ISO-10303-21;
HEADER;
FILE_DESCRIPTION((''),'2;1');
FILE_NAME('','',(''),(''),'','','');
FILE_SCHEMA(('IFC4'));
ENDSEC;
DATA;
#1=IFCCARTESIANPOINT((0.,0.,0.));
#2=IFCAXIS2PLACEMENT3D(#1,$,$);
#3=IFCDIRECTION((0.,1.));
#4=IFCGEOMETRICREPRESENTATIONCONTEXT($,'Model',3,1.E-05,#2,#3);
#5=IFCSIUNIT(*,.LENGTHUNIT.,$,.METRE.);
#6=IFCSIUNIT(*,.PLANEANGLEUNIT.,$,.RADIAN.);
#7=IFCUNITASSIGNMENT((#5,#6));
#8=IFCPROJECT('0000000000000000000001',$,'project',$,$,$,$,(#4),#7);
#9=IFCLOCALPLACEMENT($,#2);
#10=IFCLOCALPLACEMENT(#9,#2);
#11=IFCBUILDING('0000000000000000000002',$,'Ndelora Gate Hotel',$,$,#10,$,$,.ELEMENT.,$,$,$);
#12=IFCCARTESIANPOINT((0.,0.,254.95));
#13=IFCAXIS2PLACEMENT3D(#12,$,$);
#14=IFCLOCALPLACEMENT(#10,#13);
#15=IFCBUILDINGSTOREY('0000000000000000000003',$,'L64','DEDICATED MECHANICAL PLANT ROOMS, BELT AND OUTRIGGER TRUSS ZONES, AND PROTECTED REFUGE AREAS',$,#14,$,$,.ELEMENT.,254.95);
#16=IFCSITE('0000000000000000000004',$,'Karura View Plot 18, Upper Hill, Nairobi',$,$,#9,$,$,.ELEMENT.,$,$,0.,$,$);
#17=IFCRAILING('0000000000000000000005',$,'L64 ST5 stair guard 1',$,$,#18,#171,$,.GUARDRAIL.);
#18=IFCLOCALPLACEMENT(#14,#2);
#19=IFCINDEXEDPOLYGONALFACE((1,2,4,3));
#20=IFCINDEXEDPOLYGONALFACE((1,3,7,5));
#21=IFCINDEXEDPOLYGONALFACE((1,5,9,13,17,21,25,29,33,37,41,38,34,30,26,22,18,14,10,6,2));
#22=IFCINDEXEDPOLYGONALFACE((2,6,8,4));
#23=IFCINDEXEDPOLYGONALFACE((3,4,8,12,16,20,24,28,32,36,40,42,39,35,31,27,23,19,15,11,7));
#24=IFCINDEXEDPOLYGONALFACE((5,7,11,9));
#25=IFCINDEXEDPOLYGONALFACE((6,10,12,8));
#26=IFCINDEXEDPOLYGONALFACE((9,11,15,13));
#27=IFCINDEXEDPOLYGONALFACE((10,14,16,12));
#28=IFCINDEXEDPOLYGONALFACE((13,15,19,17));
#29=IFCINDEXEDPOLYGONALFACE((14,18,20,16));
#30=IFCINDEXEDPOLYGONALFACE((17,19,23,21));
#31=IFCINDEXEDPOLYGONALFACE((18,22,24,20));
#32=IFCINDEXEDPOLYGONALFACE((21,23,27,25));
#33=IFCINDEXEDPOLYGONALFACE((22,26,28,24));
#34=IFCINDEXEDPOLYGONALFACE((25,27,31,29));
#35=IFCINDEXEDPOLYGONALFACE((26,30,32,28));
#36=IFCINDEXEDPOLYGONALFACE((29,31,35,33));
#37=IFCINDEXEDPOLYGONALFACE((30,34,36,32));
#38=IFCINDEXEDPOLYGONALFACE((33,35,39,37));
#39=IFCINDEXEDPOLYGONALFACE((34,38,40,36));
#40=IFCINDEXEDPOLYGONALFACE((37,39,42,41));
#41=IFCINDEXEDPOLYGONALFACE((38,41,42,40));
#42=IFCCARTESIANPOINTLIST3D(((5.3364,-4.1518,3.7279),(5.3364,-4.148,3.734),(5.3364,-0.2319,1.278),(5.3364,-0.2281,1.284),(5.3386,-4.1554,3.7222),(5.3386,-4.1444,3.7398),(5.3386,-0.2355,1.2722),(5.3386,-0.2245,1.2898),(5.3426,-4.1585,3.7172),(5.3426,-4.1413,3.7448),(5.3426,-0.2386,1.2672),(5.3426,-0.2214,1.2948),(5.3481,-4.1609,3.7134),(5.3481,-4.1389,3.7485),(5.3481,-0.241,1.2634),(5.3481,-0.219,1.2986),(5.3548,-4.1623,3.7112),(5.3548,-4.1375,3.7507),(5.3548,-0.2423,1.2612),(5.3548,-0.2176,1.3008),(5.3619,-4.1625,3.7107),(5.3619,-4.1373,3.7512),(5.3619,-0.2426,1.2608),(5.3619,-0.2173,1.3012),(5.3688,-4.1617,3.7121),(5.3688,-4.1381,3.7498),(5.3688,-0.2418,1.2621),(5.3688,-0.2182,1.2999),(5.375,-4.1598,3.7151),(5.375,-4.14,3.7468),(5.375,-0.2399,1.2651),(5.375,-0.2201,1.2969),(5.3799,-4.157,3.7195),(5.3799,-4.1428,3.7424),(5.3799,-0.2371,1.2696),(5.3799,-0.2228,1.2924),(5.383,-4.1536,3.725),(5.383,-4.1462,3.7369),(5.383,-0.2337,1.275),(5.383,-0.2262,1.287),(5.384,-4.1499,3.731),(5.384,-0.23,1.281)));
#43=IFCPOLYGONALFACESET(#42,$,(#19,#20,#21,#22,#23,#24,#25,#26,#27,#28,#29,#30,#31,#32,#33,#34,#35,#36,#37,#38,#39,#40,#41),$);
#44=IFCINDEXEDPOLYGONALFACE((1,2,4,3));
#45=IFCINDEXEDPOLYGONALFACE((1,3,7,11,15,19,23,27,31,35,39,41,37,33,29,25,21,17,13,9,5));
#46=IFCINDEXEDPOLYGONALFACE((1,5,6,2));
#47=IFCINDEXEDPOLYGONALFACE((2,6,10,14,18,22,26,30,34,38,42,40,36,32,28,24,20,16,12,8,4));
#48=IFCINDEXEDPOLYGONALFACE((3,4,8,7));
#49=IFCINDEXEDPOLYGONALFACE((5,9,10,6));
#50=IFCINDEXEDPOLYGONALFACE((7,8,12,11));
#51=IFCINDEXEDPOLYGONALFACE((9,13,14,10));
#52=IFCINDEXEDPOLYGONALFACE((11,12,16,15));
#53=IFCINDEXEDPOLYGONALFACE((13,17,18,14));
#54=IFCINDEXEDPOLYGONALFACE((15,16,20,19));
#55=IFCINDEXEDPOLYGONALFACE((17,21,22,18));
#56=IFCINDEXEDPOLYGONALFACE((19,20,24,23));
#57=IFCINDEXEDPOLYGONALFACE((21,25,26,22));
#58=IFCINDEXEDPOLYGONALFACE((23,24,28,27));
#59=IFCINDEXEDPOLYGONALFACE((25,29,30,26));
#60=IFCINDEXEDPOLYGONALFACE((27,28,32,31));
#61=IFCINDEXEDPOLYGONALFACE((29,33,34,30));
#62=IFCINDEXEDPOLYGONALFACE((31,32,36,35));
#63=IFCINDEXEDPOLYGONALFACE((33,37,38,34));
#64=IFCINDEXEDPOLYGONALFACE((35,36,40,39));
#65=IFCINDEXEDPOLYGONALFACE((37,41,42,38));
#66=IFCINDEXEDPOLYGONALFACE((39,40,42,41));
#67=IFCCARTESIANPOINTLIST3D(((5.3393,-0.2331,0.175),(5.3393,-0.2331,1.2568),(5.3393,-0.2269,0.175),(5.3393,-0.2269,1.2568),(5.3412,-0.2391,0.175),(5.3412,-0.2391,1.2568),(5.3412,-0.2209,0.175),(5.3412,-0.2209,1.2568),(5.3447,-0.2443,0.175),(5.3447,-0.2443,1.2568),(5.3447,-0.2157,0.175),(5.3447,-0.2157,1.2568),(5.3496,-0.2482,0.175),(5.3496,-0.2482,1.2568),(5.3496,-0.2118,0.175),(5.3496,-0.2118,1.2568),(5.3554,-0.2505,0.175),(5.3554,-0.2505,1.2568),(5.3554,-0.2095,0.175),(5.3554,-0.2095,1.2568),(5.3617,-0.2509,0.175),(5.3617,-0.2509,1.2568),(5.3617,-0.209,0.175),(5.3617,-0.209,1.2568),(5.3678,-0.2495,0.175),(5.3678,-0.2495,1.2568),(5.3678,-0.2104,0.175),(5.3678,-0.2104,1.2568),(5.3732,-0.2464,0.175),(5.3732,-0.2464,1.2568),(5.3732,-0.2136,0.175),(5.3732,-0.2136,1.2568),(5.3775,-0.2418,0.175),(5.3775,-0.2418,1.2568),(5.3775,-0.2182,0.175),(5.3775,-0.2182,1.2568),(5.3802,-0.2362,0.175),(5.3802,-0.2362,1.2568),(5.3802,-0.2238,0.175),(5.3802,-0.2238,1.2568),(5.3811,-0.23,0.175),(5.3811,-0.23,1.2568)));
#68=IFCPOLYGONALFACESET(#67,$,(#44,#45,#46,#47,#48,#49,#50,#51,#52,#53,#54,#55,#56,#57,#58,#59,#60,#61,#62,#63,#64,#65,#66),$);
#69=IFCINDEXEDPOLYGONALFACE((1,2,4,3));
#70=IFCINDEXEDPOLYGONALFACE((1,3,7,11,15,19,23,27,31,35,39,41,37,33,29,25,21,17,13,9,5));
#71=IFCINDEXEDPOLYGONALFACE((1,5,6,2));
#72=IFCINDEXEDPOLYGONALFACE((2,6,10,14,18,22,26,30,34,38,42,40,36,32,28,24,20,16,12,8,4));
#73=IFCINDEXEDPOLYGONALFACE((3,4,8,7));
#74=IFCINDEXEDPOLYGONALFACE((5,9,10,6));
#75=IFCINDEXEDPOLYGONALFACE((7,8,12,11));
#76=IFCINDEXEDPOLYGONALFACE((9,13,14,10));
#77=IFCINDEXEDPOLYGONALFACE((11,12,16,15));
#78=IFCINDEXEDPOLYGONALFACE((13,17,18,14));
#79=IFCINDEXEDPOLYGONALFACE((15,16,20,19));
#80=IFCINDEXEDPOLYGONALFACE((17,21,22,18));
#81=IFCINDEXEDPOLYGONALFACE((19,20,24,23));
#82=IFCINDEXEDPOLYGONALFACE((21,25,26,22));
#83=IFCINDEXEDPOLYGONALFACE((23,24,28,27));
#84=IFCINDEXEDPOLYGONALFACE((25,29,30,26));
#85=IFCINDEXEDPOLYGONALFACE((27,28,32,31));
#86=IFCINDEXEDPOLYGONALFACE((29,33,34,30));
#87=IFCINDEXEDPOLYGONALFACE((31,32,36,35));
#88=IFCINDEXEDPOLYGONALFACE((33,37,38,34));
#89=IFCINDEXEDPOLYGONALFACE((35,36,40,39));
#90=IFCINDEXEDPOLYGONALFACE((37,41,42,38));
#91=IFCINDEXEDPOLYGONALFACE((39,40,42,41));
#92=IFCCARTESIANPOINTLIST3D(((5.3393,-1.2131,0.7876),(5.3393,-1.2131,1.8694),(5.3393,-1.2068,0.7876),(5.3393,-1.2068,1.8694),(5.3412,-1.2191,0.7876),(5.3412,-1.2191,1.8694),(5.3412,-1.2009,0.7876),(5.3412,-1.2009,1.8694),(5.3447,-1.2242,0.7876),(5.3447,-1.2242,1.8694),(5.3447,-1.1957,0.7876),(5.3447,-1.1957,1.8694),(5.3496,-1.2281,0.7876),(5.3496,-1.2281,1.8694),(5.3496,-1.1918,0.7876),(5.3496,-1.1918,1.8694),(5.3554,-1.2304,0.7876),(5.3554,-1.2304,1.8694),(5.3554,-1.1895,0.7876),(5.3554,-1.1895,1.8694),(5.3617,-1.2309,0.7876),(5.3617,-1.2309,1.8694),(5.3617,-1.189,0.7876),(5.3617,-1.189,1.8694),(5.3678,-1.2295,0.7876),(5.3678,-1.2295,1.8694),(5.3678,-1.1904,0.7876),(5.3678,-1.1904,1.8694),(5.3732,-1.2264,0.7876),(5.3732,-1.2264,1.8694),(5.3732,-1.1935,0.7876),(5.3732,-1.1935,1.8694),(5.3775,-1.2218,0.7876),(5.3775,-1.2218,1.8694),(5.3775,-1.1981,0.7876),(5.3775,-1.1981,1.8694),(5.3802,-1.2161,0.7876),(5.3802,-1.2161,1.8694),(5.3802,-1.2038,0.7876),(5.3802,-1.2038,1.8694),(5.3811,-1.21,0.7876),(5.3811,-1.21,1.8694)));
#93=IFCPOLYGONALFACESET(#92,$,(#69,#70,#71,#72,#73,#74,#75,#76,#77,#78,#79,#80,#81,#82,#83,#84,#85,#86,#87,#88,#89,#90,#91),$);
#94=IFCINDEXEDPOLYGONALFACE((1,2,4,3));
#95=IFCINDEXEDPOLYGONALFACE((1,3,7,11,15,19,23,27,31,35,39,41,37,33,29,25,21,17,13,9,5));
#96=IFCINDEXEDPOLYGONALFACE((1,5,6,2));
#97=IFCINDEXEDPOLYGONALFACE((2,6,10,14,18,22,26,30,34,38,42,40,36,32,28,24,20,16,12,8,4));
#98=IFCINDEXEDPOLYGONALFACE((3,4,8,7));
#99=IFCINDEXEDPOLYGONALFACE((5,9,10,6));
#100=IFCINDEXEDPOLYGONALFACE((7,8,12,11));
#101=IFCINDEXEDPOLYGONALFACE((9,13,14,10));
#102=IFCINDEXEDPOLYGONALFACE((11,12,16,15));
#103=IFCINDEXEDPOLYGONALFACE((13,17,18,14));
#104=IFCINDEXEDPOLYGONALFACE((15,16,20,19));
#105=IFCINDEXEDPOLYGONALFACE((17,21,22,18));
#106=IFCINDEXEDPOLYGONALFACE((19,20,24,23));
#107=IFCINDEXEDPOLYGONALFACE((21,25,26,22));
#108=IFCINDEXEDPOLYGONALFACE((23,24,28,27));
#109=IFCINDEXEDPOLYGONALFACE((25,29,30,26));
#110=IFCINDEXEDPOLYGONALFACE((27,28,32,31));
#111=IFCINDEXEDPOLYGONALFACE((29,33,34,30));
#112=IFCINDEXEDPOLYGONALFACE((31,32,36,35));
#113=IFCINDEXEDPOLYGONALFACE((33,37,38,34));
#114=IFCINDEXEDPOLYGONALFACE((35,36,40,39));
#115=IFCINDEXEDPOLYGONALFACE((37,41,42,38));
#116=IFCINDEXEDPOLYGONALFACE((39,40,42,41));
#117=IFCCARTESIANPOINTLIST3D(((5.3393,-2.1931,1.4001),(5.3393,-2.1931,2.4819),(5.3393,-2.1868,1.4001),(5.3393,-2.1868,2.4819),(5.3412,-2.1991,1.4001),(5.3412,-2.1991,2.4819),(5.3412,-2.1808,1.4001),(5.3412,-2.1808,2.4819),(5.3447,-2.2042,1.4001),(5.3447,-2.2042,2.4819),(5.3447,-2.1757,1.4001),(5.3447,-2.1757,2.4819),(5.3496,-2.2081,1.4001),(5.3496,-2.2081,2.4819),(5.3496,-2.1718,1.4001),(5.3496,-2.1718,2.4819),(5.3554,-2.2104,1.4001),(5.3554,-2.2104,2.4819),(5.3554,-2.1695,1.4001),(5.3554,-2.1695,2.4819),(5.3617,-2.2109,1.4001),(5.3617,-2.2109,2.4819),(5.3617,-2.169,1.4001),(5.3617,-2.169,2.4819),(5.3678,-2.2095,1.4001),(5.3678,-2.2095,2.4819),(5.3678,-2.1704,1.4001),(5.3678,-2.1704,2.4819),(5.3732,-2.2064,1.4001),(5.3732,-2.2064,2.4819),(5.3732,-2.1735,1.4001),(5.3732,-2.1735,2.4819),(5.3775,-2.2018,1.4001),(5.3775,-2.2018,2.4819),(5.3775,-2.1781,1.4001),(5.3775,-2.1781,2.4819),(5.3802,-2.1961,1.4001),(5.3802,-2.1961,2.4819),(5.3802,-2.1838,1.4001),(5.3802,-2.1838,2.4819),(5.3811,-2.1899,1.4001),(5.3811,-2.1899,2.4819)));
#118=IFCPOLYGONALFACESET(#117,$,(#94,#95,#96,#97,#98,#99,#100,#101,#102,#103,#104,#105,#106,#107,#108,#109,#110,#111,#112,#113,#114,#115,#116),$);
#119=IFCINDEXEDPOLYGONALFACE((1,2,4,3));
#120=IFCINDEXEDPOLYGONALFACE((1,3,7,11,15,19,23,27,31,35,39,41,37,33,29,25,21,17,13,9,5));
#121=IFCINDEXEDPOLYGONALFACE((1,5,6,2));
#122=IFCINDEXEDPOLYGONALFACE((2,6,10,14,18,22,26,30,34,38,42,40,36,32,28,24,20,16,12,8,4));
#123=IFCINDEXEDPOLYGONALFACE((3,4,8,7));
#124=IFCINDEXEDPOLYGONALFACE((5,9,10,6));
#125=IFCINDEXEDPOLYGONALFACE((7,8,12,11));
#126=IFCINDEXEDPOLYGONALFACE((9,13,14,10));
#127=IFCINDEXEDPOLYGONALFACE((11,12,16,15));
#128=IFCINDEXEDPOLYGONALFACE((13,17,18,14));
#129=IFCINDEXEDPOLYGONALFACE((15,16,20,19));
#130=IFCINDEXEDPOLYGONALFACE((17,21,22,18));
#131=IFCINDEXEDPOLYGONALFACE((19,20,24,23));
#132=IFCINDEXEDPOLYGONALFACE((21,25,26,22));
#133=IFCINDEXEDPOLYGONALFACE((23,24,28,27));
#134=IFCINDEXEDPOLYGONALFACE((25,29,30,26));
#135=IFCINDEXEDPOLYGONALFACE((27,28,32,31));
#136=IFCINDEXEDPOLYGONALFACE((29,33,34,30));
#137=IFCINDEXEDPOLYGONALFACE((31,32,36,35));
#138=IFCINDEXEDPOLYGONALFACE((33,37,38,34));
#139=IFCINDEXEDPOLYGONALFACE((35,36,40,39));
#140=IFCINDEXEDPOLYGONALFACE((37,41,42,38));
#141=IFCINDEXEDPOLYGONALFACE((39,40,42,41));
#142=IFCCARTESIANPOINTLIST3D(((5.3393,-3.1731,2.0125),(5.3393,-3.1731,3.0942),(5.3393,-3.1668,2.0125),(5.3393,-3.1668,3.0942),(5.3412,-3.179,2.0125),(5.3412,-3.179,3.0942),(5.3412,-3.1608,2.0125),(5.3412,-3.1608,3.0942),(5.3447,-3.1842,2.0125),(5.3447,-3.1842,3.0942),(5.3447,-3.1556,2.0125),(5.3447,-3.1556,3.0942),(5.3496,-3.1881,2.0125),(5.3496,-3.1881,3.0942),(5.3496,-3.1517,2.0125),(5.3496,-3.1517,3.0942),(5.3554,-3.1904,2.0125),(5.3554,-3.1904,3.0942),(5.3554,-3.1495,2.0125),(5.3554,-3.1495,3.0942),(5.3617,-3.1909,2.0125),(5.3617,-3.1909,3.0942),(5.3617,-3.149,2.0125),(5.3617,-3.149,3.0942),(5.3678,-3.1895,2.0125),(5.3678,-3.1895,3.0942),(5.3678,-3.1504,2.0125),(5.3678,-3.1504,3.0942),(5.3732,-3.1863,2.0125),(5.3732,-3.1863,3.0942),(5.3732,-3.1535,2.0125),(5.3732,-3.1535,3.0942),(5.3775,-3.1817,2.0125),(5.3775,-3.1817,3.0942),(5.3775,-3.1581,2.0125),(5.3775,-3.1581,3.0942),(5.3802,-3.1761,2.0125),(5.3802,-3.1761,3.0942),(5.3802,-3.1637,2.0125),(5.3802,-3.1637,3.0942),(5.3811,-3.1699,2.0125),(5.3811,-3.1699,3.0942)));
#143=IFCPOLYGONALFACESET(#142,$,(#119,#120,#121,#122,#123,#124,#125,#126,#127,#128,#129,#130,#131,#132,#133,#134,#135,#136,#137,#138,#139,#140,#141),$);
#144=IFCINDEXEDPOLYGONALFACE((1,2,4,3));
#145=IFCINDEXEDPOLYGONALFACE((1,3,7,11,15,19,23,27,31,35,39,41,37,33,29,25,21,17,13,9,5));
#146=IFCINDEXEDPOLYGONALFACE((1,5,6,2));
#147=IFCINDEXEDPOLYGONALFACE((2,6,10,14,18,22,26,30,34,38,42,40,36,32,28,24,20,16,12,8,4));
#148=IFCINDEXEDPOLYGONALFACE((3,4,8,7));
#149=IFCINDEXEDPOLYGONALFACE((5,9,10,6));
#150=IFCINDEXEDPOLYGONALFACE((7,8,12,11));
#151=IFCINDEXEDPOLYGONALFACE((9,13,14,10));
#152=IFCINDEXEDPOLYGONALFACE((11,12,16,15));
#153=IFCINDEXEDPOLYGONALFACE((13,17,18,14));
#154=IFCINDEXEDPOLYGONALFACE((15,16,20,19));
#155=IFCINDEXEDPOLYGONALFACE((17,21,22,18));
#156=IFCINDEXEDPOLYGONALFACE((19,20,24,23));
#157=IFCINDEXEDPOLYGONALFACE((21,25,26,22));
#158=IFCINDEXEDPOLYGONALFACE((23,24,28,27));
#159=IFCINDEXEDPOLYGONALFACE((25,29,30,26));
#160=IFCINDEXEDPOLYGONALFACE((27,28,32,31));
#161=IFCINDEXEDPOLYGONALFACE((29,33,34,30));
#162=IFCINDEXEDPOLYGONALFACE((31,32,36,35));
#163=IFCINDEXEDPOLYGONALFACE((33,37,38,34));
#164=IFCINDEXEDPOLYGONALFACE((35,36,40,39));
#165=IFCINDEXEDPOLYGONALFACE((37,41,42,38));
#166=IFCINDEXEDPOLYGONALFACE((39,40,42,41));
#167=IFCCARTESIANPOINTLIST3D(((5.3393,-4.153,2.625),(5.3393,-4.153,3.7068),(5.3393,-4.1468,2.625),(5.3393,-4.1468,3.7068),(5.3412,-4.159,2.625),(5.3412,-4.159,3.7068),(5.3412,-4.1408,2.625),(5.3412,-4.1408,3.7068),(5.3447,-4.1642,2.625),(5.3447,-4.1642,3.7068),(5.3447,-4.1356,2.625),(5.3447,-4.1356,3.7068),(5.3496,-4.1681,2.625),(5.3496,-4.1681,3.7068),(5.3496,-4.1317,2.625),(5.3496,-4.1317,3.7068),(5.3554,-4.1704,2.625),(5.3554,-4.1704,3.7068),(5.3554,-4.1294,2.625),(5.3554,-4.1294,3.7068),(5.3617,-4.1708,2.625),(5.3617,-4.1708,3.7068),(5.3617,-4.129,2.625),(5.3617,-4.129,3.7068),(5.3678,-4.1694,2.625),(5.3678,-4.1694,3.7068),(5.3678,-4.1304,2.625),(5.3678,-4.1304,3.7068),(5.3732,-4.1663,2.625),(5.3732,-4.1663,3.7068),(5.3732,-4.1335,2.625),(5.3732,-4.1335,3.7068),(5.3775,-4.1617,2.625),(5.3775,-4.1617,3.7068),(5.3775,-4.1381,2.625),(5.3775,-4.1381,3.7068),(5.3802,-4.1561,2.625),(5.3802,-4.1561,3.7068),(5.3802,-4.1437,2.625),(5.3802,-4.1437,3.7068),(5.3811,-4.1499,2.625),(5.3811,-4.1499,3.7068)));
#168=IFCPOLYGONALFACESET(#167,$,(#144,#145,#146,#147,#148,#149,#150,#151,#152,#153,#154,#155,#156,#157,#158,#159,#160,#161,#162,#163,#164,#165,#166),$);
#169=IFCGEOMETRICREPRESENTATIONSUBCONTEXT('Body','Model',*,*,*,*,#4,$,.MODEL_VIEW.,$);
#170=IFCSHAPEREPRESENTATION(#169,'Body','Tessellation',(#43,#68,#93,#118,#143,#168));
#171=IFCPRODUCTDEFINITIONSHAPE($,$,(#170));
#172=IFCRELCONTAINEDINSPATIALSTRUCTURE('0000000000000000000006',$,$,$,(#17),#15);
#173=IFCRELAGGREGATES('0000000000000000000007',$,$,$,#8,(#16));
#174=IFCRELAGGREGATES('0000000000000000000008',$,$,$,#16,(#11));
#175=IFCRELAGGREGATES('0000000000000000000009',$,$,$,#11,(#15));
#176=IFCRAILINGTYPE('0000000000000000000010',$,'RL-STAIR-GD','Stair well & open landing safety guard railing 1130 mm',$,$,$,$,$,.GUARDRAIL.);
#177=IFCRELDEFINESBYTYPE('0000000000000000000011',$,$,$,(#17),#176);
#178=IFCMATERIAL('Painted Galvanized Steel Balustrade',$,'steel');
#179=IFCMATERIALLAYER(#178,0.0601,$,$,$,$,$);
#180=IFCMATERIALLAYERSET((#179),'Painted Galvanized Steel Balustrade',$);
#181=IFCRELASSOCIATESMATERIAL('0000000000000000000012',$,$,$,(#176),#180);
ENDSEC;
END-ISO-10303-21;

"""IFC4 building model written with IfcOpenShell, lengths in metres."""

from ifc_helpers import new_model, si_unit, direction, frame, origin, origin_2d, place, context, subcontext, project, spatial, circle, extrude, material, layer, layer_set, type_object, element, save


model = new_model("IFC4")

# Units and contexts
model_context = context("Model", 3, precision=1e-05, world=origin(), true_north=direction((0.0, 1.0)))
body_context = subcontext(model_context, "Body", "Model", "MODEL_VIEW")
ifc_project = project(units=[si_unit("LENGTHUNIT", "METRE"), si_unit("PLANEANGLEUNIT", "RADIAN")], contexts=[model_context])

# Site, building, storey
site_placement = place(None, origin())
site = spatial("IfcSite", under=ifc_project, at=site_placement, Name="Karura View Plot 18, Upper Hill, Nairobi", CompositionType="ELEMENT", RefElevation=0.0)
building_placement = place(site_placement, origin())
building = spatial("IfcBuilding", under=site, at=building_placement, Name="Ndelora Gate Hotel", CompositionType="ELEMENT")
storey_placement = place(building_placement, frame((0.0, 0.0, 254.95)))
storey = spatial("IfcBuildingStorey", under=building, at=storey_placement, Name="L64", Description="DEDICATED MECHANICAL PLANT ROOMS, BELT AND OUTRIGGER TRUSS ZONES, AND PROTECTED REFUGE AREAS", CompositionType="ELEMENT", Elevation=254.95)

# Railing
ifc_material_1 = material(Name="Painted Galvanized Steel Balustrade", Category="steel")
ifc_layer_1 = layer(ifc_material_1, 0.0601)
ifc_layer_set_1 = layer_set([ifc_layer_1], Name="Painted Galvanized Steel Balustrade")
railing_type_1 = type_object("IfcRailingType", Name="RL-STAIR-GD", Description="Stair well & open landing safety guard railing 1130 mm", PredefinedType="GUARDRAIL", material=ifc_layer_set_1)
railing_1_placement = place(storey_placement, frame((5.3601, -0.23, 0.175)))
element("IfcRailing", 1, at=railing_1_placement, inside=storey, type_object=railing_type_1, Name="L64 ST5 stair guard 1", PredefinedType="GUARDRAIL", context=body_context, shape_type="SweptSolid", body=[
    extrude(circle(Radius=0.0239, at=origin_2d()), frame((0.0, 0.0, 1.106), z_axis=(0.0, -0.847998, 0.529999), x_axis=(1.0, 0.0, 0.0)), (0.0, 0.0, 1.0), 4.6226),
    extrude(circle(Radius=0.021, at=origin_2d()), origin(), (0.0, 0.0, 1.0), 1.0818),
    extrude(circle(Radius=0.021, at=origin_2d()), frame((0.0, -0.98, 0.6125)), (0.0, 0.0, 1.0), 1.0818),
    extrude(circle(Radius=0.021, at=origin_2d()), frame((0.0, -1.96, 1.2251)), (0.0, 0.0, 1.0), 1.0818),
    extrude(circle(Radius=0.021, at=origin_2d()), frame((0.0, -2.9399, 1.8374)), (0.0, 0.0, 1.0), 1.0818),
    extrude(circle(Radius=0.021, at=origin_2d()), frame((0.0, -3.9199, 2.45)), (0.0, 0.0, 1.0), 1.0818),
])

save(model, "model.ifc")
